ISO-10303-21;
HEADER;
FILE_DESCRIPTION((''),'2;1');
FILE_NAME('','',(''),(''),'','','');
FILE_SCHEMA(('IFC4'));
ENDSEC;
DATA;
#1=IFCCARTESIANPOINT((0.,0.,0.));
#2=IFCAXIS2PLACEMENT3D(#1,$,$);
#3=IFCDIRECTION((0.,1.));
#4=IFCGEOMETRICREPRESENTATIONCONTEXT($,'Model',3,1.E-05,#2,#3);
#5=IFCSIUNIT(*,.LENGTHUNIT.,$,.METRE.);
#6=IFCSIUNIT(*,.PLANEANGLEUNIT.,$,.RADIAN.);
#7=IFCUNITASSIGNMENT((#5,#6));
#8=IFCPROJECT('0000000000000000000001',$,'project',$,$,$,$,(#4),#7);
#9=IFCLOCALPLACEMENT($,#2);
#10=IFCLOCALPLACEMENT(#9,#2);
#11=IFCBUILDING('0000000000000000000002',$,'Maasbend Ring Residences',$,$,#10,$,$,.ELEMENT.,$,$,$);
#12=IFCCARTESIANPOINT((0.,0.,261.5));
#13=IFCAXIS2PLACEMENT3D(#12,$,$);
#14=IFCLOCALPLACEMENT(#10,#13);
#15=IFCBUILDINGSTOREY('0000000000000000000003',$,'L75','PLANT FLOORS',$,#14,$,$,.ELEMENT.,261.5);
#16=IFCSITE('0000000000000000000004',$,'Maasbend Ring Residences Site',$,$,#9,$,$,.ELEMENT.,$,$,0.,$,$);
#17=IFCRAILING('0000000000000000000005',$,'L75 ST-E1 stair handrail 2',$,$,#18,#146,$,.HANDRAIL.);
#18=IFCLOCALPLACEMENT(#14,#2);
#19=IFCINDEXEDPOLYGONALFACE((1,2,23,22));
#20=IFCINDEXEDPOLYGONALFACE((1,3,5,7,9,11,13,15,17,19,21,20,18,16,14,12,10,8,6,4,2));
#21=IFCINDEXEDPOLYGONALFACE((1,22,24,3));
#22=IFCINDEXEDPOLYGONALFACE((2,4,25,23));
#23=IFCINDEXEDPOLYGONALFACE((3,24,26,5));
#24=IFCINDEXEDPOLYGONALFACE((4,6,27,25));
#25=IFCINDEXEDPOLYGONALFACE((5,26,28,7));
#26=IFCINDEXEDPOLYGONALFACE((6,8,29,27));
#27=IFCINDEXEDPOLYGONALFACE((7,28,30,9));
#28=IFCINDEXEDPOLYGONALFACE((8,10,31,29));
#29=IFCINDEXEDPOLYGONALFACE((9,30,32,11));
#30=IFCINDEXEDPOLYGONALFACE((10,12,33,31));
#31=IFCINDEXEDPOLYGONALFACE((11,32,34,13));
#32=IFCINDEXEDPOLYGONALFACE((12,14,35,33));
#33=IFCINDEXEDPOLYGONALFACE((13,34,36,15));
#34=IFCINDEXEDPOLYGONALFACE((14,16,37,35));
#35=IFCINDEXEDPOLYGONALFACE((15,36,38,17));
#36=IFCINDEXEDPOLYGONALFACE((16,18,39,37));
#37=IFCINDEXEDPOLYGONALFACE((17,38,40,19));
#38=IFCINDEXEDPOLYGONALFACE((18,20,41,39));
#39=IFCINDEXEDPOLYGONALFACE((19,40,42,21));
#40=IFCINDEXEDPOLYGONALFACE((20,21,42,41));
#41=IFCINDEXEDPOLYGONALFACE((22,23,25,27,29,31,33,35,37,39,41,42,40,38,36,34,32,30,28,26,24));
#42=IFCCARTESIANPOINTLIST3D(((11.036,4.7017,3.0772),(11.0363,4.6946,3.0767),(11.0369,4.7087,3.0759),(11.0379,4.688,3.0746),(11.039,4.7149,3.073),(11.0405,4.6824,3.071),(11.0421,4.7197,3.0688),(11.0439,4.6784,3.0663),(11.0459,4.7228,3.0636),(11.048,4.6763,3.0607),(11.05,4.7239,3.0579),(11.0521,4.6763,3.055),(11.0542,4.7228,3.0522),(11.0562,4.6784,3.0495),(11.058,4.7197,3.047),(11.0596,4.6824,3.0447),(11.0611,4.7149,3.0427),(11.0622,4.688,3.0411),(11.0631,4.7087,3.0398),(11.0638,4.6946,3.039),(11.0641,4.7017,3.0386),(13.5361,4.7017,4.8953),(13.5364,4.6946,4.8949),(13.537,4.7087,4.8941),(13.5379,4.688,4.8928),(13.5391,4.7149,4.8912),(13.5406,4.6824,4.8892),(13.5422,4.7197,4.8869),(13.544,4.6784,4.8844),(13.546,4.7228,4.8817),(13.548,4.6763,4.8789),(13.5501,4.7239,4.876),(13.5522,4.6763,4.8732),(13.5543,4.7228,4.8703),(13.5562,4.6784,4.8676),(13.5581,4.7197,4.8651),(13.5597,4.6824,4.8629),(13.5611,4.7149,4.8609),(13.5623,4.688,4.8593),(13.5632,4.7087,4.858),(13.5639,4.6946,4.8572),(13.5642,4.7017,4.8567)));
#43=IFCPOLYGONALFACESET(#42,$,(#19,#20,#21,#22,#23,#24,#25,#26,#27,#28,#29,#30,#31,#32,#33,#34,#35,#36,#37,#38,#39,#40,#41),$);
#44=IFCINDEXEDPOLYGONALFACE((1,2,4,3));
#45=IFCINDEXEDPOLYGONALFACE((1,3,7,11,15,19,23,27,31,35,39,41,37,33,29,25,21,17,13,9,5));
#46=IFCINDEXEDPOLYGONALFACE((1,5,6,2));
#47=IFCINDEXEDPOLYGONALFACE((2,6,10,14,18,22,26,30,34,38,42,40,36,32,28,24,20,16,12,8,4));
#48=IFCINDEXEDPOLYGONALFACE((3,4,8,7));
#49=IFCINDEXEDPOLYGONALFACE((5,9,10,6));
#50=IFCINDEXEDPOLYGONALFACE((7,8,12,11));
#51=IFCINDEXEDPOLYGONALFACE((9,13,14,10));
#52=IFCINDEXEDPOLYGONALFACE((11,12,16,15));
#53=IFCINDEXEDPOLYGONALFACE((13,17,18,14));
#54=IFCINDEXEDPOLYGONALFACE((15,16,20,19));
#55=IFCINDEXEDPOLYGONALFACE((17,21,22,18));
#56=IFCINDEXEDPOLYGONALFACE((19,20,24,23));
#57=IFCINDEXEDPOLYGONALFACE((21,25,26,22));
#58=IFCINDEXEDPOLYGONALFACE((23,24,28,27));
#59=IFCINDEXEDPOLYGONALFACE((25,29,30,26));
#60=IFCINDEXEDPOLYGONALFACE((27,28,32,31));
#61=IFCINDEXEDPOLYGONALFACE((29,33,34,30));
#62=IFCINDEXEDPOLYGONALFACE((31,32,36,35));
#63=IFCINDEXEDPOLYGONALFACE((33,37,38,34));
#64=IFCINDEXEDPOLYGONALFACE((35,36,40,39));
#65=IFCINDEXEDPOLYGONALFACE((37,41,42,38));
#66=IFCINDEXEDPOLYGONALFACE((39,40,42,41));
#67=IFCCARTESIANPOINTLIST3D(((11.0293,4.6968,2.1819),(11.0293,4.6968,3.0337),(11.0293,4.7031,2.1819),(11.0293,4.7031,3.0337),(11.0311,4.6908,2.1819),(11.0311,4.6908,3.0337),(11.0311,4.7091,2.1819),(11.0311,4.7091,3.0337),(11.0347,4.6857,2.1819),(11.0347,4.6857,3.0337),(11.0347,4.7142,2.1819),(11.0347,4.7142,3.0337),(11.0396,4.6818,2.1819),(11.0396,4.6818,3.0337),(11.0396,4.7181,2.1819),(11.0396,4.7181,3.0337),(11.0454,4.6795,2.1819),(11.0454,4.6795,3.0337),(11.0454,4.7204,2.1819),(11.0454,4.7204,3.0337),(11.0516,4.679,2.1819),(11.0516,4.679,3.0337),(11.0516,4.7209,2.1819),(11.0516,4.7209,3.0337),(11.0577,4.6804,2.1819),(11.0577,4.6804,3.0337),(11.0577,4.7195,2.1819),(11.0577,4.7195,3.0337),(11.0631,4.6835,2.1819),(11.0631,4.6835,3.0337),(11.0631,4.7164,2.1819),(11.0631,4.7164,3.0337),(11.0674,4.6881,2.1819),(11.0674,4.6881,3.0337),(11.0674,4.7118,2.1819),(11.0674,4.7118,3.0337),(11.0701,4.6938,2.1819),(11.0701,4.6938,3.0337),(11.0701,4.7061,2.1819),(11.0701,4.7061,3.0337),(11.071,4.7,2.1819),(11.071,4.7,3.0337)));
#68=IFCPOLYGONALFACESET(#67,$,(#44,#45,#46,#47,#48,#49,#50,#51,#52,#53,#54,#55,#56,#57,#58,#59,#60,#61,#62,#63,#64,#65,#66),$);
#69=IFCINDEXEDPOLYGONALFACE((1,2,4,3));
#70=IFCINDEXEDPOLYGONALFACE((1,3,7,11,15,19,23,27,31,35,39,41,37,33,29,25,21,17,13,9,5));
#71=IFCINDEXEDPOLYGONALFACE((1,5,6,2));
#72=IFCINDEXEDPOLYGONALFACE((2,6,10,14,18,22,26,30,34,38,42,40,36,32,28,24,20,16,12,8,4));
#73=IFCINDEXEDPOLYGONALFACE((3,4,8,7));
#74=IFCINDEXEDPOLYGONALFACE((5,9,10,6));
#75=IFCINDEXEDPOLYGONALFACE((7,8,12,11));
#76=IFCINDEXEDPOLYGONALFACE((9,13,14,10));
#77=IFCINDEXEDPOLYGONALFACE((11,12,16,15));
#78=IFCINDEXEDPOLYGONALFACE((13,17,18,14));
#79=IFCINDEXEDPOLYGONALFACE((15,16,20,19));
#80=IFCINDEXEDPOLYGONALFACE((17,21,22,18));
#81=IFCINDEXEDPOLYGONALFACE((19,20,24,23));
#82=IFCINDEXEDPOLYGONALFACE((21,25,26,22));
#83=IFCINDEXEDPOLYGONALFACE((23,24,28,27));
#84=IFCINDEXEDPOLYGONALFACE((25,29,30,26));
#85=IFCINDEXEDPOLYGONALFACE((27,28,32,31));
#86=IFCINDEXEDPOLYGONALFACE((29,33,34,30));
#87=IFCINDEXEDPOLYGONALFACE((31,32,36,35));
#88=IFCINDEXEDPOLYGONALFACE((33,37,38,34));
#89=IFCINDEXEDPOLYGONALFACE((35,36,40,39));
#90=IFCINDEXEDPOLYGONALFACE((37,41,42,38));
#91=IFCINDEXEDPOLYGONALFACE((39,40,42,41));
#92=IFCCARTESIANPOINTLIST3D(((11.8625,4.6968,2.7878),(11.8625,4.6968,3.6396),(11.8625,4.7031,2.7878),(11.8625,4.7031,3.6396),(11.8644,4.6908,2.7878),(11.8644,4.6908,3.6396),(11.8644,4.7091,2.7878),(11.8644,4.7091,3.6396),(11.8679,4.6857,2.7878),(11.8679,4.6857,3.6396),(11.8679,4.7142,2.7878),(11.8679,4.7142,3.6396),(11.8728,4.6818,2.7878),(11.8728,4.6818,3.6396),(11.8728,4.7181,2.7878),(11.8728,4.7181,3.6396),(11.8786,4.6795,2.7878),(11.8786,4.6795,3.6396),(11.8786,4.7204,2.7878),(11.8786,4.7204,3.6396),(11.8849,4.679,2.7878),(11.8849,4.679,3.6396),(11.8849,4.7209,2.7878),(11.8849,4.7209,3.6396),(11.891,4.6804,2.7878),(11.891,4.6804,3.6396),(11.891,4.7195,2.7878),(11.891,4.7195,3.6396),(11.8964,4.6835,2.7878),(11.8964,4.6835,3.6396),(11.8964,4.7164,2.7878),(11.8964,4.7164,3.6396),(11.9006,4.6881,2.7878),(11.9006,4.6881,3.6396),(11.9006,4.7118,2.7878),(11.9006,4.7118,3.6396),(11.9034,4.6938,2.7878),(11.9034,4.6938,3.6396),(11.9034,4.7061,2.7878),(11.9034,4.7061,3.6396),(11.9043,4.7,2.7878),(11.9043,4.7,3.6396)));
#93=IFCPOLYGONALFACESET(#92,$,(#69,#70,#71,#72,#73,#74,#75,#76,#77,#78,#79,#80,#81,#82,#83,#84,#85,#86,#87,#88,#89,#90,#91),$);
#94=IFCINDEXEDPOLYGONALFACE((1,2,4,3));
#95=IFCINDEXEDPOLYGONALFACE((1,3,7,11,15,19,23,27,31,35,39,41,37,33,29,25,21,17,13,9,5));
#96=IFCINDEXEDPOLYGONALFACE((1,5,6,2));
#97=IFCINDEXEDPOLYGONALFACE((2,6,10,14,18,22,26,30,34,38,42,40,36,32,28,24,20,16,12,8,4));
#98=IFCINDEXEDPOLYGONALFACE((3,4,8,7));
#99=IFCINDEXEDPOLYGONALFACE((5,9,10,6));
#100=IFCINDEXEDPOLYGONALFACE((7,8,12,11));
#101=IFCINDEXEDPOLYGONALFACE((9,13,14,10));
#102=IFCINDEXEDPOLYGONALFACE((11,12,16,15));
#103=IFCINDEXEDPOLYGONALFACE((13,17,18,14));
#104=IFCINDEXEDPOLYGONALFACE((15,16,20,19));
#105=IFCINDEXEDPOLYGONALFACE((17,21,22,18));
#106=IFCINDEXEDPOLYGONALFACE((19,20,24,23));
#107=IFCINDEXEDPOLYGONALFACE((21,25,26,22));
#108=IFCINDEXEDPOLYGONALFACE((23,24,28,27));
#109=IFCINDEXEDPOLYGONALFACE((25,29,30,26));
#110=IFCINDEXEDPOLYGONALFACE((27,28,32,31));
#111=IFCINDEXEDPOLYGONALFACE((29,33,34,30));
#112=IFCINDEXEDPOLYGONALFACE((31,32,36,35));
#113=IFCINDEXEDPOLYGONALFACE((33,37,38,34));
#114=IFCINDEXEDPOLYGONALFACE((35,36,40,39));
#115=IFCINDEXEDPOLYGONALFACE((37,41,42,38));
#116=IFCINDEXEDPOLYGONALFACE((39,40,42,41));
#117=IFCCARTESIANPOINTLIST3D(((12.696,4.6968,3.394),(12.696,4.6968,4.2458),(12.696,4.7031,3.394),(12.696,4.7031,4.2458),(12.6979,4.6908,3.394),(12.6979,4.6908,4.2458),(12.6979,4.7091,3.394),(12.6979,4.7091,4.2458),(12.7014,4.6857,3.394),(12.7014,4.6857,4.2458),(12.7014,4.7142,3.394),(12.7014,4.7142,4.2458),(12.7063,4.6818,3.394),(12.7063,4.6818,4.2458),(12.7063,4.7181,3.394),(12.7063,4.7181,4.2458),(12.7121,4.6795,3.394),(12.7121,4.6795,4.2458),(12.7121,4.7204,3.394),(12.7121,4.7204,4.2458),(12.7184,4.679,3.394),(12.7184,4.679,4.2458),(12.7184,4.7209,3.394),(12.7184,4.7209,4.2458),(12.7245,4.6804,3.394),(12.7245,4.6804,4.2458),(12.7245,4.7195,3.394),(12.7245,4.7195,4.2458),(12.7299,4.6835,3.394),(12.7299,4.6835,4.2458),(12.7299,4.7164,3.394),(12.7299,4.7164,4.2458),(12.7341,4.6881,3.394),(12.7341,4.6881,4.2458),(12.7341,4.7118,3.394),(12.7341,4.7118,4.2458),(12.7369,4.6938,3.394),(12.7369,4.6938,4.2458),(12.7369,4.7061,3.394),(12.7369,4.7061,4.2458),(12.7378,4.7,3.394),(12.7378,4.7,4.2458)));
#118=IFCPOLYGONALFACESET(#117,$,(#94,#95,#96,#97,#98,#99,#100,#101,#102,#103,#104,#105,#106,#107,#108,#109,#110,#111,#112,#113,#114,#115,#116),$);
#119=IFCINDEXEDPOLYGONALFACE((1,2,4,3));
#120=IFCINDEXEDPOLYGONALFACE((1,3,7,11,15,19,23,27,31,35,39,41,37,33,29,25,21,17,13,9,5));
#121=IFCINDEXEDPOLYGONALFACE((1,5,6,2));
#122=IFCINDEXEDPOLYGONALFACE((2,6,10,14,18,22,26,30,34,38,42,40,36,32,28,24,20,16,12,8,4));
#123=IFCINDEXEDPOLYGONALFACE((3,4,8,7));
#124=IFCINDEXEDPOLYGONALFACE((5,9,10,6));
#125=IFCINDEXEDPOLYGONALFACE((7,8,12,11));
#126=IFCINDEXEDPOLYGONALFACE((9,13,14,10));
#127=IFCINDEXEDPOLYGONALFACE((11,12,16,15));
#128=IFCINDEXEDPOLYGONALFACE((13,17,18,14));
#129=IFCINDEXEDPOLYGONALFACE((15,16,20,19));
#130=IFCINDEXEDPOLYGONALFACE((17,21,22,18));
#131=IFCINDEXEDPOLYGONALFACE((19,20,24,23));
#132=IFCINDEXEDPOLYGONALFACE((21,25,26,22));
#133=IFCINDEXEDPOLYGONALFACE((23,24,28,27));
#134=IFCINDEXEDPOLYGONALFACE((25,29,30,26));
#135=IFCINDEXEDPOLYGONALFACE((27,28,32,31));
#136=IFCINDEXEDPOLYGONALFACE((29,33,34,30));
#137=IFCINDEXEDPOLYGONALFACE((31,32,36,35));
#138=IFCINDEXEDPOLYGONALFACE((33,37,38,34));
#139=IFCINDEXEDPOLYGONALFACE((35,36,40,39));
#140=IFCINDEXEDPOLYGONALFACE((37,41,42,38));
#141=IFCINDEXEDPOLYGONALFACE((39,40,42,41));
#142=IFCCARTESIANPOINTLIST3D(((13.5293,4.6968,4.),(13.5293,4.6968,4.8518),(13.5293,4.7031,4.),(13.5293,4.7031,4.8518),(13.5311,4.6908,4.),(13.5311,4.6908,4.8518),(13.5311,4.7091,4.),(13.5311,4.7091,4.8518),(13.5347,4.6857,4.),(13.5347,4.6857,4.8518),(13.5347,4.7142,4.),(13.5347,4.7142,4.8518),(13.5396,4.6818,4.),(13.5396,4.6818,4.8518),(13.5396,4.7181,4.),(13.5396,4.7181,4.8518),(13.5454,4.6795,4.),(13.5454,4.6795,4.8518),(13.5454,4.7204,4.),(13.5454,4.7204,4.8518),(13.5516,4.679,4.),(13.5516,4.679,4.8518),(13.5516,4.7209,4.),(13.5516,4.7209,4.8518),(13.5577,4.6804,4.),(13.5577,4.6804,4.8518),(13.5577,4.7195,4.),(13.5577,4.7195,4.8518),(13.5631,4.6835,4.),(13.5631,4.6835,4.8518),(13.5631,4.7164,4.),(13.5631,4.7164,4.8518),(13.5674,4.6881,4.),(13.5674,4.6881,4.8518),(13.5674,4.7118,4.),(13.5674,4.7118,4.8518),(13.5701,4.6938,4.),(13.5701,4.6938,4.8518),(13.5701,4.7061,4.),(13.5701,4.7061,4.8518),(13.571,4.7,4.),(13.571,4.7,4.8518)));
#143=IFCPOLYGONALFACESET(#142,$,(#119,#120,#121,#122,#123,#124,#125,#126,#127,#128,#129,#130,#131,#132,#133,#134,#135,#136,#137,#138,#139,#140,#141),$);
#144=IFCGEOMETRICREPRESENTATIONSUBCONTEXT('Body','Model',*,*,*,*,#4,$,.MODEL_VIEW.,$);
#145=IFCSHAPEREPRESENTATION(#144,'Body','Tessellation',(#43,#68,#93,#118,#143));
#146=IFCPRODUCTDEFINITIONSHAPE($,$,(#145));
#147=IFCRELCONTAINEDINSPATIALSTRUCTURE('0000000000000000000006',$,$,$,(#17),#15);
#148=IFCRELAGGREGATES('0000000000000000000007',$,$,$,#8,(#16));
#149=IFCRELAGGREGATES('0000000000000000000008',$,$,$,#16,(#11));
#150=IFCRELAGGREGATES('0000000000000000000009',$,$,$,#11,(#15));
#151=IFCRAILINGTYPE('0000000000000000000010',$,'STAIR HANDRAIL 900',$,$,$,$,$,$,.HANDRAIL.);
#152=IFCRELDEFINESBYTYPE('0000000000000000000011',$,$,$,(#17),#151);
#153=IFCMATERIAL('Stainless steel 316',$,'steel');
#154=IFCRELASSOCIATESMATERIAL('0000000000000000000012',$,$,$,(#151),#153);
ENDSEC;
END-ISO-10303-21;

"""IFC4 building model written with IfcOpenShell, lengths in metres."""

from ifc_helpers import new_model, si_unit, direction, frame, origin, origin_2d, place, context, subcontext, project, spatial, circle, extrude, material, type_object, element, save


model = new_model("IFC4")

# Units and contexts
model_context = context("Model", 3, precision=1e-05, world=origin(), true_north=direction((0.0, 1.0)))
body_context = subcontext(model_context, "Body", "Model", "MODEL_VIEW")
ifc_project = project(units=[si_unit("LENGTHUNIT", "METRE"), si_unit("PLANEANGLEUNIT", "RADIAN")], contexts=[model_context])

# Site, building, storey
site_placement = place(None, origin())
site = spatial("IfcSite", under=ifc_project, at=site_placement, Name="Maasbend Ring Residences Site", CompositionType="ELEMENT", RefElevation=0.0)
building_placement = place(site_placement, origin())
building = spatial("IfcBuilding", under=site, at=building_placement, Name="Maasbend Ring Residences", CompositionType="ELEMENT")
storey_placement = place(building_placement, frame((0.0, 0.0, 261.5)))
storey = spatial("IfcBuildingStorey", under=building, at=storey_placement, Name="L75", Description="PLANT FLOORS", CompositionType="ELEMENT", Elevation=261.5)

# Railing
ifc_material_1 = material(Name="Stainless steel 316", Category="steel")
railing_type_1 = type_object("IfcRailingType", Name="STAIR HANDRAIL 900", PredefinedType="HANDRAIL", material=ifc_material_1)
railing_1_placement = place(storey_placement, frame((11.05, 4.7, 2.1819)))
element("IfcRailing", 1, at=railing_1_placement, inside=storey, type_object=railing_type_1, Name="L75 ST-E1 stair handrail 2", PredefinedType="HANDRAIL", context=body_context, shape_type="SweptSolid", body=[
    extrude(circle(Radius=0.0239, at=origin_2d()), frame((0.0, 0.0, 0.876), z_axis=(0.808746, 0.0, 0.588158), x_axis=(0.0, 1.0, 0.0)), (0.0, 0.0, 1.0), 3.0913),
    extrude(circle(Radius=0.021, at=origin_2d()), origin(), (0.0, 0.0, 1.0), 0.8518),
    extrude(circle(Radius=0.021, at=origin_2d()), frame((0.8333, 0.0, 0.606)), (0.0, 0.0, 1.0), 0.8518),
    extrude(circle(Radius=0.021, at=origin_2d()), frame((1.6667, 0.0, 1.2122)), (0.0, 0.0, 1.0), 0.8518),
    extrude(circle(Radius=0.021, at=origin_2d()), frame((2.5, 0.0, 1.8181)), (0.0, 0.0, 1.0), 0.8518),
])

save(model, "model.ifc")
